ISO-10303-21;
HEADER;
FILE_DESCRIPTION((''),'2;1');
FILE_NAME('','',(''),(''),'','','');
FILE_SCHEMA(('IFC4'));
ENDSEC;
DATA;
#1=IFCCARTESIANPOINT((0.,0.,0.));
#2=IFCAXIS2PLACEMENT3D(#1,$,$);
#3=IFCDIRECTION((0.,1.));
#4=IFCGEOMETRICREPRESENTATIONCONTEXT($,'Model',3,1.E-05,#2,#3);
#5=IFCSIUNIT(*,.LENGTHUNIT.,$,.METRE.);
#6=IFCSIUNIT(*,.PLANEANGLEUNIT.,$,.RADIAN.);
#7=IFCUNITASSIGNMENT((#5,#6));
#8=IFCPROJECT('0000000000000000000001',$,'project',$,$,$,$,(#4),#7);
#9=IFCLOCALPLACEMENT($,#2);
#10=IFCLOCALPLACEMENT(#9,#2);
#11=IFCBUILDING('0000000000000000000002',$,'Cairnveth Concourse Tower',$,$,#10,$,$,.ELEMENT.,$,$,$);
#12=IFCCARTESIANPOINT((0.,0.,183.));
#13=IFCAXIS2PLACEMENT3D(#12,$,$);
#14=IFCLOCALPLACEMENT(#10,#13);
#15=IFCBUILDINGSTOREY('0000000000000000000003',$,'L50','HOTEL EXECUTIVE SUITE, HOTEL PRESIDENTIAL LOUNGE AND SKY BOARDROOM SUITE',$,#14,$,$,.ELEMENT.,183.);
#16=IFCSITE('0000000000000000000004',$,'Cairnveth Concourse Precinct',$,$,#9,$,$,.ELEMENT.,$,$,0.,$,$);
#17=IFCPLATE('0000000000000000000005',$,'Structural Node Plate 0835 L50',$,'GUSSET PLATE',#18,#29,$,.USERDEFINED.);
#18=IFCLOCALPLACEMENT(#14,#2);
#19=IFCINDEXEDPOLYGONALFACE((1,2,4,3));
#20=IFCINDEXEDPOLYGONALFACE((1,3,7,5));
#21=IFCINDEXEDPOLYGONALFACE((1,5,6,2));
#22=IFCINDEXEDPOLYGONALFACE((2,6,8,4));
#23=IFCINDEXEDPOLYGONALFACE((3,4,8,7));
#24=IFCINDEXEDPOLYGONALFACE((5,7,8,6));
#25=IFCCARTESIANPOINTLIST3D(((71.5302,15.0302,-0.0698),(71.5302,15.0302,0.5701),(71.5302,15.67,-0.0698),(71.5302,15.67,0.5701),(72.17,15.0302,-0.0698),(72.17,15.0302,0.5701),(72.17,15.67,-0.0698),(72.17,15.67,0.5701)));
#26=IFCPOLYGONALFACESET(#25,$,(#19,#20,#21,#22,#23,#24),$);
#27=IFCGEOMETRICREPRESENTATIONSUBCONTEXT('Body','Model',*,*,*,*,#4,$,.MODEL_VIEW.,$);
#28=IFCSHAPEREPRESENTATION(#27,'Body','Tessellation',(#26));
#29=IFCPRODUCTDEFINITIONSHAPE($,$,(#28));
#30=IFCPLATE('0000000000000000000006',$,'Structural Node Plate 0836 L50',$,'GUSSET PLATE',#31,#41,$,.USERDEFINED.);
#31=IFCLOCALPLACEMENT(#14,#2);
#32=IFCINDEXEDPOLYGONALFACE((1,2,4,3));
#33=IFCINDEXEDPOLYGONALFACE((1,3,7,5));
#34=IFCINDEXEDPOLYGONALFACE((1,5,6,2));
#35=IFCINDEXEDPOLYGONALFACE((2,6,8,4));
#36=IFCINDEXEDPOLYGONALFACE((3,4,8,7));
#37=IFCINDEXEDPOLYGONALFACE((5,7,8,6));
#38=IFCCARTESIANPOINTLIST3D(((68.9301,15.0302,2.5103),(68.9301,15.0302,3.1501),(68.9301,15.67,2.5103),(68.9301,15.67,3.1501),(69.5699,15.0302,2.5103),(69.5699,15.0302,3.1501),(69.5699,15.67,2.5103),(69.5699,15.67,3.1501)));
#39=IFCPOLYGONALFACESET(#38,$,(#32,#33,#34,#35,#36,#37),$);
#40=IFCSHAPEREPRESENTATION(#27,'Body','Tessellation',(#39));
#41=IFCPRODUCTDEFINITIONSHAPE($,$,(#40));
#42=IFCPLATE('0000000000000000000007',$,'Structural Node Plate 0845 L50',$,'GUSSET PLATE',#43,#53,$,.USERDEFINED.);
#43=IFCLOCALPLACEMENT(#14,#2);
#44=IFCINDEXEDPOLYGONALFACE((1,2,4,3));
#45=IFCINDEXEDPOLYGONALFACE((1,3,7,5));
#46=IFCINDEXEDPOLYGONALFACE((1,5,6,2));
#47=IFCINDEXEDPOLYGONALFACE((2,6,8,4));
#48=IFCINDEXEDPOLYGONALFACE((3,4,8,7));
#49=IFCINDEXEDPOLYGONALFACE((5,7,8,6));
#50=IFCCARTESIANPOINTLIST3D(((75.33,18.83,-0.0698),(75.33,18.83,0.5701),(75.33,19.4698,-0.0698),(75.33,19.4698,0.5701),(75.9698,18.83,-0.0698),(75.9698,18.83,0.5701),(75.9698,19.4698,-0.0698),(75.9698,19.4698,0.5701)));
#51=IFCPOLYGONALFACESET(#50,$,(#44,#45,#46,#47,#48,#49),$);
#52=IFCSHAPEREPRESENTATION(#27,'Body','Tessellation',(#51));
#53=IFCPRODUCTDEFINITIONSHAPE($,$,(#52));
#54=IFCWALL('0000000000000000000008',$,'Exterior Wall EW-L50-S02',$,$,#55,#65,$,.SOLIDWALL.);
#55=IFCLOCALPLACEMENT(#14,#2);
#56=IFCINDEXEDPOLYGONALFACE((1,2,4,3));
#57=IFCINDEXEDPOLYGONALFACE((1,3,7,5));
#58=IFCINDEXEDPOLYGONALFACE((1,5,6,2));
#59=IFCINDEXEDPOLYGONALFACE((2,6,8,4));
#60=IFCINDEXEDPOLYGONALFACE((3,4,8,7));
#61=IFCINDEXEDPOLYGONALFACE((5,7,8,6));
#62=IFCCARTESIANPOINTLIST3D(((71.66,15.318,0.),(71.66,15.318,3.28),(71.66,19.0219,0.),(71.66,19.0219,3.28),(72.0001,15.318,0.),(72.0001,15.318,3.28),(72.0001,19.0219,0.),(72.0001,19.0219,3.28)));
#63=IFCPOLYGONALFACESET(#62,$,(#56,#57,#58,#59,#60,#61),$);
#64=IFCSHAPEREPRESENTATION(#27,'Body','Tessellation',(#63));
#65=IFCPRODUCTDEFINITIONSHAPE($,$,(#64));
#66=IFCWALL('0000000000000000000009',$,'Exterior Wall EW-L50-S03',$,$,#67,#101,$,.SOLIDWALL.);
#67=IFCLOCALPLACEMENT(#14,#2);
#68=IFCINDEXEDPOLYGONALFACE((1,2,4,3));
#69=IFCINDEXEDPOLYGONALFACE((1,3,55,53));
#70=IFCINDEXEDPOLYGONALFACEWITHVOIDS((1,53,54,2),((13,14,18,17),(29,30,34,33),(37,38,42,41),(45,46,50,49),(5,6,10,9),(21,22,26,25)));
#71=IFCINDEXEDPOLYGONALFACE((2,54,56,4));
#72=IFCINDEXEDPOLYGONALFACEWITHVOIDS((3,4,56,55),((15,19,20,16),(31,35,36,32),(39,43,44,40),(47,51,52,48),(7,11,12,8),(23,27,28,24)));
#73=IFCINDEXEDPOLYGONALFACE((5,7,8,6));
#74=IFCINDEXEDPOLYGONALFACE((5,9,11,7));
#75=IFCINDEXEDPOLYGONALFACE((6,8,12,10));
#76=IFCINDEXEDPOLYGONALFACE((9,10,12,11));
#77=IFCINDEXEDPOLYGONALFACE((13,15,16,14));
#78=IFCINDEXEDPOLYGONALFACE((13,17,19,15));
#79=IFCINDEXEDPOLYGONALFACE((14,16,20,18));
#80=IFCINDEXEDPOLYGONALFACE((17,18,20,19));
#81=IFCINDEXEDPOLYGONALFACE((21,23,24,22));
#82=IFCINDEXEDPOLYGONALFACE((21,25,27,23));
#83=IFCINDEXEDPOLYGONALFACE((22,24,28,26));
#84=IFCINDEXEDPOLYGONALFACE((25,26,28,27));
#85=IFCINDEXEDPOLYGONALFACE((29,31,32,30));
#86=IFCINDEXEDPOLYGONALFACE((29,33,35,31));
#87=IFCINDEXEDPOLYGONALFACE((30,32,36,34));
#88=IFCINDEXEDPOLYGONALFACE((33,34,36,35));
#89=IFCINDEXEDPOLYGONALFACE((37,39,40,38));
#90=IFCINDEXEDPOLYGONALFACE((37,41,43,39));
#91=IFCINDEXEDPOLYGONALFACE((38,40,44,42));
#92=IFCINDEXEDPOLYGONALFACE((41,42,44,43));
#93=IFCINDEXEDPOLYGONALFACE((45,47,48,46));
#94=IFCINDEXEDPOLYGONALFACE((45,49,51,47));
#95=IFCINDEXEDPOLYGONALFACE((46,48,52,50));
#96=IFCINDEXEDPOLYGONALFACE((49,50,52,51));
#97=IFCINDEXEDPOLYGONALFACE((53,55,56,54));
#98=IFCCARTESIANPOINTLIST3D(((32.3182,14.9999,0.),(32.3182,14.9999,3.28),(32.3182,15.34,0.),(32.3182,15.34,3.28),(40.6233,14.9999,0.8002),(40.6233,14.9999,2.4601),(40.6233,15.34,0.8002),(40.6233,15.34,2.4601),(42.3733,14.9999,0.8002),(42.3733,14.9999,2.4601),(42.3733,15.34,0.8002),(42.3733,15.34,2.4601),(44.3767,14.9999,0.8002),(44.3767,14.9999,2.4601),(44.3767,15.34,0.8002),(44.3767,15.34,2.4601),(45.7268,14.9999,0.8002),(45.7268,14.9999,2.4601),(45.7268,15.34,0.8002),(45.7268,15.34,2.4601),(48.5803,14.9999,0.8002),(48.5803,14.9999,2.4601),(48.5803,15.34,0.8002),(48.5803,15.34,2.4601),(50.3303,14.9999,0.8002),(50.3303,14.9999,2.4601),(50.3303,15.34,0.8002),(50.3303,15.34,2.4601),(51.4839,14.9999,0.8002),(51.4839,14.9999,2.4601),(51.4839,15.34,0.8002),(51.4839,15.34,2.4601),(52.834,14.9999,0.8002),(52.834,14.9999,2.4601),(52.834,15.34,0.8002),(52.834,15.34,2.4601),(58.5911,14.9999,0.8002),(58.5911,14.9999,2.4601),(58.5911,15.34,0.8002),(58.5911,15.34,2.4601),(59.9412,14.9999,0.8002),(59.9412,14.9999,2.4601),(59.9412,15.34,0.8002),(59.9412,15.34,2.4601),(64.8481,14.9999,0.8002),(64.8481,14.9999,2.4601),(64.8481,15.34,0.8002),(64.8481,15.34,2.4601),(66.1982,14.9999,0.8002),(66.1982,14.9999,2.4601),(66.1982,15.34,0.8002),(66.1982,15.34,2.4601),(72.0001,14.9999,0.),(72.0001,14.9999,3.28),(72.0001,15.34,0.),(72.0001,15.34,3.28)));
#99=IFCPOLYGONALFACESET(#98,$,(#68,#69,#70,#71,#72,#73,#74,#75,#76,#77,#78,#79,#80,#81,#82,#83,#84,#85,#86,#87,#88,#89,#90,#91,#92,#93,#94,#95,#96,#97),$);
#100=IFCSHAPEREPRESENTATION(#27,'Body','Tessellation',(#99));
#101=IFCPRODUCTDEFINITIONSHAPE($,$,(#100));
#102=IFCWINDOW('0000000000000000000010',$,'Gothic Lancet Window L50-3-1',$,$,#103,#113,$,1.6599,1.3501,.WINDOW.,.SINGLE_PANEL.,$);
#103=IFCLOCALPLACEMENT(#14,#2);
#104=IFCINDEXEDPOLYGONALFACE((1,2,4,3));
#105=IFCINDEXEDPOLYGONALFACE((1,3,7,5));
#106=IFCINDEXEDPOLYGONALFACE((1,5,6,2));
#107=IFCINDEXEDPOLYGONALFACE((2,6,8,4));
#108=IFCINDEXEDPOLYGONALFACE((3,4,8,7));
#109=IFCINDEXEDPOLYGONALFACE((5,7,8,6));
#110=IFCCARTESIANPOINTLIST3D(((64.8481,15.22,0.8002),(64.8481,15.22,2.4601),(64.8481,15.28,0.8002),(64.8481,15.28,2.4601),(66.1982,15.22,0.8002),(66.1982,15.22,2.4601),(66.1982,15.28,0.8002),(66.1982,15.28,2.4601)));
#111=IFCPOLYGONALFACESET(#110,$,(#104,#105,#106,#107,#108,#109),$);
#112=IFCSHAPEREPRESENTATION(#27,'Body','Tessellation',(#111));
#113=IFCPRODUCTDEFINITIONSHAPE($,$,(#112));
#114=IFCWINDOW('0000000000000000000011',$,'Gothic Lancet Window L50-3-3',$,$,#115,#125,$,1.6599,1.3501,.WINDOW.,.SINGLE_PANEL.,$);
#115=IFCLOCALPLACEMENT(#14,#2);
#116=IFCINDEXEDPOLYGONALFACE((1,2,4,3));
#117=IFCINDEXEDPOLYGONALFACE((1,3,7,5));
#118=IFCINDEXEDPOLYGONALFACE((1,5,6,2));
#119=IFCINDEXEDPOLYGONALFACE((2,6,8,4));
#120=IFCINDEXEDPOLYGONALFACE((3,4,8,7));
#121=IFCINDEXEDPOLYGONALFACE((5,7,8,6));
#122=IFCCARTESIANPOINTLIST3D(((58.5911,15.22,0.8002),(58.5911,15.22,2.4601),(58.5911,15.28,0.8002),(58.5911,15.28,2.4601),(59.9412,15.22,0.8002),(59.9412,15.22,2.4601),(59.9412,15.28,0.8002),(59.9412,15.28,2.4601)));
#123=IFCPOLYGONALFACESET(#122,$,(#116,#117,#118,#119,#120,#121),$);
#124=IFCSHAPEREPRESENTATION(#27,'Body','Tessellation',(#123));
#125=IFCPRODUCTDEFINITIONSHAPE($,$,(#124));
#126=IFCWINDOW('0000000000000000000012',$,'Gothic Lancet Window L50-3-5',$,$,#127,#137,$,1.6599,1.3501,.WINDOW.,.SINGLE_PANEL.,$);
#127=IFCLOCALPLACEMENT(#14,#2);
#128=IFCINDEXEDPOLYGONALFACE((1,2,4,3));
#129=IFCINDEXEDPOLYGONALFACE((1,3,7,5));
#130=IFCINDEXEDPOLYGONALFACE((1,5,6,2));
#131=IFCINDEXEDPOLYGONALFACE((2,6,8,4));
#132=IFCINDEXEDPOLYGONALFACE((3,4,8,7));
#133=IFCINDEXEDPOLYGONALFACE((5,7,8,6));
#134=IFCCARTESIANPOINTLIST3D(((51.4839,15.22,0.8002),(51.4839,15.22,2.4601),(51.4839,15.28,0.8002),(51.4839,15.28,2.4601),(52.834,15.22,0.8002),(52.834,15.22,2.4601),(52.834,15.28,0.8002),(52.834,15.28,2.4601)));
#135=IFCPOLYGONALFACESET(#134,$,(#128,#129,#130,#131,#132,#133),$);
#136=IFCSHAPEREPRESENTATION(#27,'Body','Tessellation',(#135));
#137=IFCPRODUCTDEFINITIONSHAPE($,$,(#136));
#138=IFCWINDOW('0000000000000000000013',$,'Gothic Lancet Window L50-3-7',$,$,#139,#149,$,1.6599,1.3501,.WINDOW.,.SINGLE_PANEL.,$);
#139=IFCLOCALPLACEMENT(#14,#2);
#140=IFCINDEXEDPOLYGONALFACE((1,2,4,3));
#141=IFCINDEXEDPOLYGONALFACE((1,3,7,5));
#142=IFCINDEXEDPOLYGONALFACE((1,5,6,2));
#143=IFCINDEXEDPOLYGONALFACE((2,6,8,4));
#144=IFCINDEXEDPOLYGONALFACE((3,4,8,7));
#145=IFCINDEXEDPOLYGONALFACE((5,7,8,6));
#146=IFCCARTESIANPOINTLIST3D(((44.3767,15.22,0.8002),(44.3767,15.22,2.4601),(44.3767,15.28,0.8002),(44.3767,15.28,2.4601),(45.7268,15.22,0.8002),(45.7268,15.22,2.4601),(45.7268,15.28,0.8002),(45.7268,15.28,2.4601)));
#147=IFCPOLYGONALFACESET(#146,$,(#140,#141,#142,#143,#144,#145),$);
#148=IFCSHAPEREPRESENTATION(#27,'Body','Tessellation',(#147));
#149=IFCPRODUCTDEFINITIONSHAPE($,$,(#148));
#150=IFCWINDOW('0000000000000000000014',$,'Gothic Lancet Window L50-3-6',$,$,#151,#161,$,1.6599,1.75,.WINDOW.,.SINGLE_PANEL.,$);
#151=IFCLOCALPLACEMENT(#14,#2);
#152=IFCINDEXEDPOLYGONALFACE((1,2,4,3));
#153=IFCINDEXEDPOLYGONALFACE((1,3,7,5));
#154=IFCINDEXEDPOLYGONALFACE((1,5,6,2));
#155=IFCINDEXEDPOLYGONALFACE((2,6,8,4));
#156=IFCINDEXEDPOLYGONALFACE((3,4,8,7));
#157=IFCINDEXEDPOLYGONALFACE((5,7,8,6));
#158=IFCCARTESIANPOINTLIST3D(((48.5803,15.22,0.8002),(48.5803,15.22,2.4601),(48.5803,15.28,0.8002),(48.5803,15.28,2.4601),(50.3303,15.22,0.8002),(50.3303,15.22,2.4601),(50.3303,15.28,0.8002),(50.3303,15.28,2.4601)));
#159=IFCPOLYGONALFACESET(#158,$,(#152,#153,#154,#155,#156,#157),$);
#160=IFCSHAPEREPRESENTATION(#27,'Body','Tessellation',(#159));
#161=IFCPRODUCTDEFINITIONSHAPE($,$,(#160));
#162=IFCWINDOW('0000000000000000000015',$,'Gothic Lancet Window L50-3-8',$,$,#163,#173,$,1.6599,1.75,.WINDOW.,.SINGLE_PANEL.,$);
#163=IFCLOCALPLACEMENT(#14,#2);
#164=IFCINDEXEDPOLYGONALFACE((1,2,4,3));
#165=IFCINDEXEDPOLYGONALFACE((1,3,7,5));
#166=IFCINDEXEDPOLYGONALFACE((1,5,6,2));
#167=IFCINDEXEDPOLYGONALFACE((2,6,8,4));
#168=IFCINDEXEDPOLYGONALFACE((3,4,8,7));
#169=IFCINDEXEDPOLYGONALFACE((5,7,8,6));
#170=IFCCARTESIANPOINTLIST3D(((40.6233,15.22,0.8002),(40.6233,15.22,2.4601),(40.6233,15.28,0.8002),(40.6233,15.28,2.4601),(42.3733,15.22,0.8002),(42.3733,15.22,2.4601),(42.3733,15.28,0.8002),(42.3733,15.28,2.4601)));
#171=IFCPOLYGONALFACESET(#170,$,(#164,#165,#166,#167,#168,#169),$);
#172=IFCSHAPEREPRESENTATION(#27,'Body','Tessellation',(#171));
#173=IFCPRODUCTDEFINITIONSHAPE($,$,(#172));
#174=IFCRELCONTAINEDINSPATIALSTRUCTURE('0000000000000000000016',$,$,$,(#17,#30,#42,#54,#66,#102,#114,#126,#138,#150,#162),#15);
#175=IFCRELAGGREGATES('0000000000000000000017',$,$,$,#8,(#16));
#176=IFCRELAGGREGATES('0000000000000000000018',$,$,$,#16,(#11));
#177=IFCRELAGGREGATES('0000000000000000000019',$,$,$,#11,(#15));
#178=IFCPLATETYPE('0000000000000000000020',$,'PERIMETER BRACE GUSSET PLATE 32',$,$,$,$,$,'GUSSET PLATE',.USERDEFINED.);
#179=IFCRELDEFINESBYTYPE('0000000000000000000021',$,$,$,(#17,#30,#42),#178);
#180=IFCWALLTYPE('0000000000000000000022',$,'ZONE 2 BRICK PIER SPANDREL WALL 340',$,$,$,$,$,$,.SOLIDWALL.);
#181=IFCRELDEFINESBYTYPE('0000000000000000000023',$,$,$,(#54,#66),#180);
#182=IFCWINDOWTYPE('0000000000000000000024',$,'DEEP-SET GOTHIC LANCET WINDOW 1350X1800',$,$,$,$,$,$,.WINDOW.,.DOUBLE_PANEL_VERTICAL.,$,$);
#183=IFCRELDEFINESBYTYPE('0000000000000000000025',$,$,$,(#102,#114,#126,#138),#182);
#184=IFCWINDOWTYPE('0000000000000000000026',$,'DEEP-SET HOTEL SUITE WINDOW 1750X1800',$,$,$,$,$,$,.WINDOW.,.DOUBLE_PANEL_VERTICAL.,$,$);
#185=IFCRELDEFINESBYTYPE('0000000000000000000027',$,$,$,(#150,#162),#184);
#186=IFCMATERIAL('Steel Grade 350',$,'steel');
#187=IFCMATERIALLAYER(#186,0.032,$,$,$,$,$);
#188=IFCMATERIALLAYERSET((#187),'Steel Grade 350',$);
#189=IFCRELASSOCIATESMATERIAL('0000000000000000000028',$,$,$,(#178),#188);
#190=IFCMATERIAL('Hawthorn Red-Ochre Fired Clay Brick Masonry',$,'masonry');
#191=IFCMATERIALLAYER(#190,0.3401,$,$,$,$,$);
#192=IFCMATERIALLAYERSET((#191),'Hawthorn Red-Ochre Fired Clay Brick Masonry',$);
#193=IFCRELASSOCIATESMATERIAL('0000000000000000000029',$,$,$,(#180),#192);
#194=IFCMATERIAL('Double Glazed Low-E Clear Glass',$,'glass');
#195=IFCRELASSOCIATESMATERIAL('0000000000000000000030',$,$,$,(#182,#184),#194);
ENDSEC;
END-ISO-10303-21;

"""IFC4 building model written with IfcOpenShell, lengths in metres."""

from ifc_helpers import new_model, si_unit, direction, frame, frame_2d, origin, origin_2d, place, context, subcontext, project, spatial, rectangle, extrude, material, layer, layer_set, type_object, element, fill, save


model = new_model("IFC4")

# Units and contexts
model_context = context("Model", 3, precision=1e-05, world=origin(), true_north=direction((0.0, 1.0)))
body_context = subcontext(model_context, "Body", "Model", "MODEL_VIEW")
ifc_project = project(units=[si_unit("LENGTHUNIT", "METRE"), si_unit("PLANEANGLEUNIT", "RADIAN")], contexts=[model_context])

# Site, building, storey
site_placement = place(None, origin())
site = spatial("IfcSite", under=ifc_project, at=site_placement, Name="Cairnveth Concourse Precinct", CompositionType="ELEMENT", RefElevation=0.0)
building_placement = place(site_placement, origin())
building = spatial("IfcBuilding", under=site, at=building_placement, Name="Cairnveth Concourse Tower", CompositionType="ELEMENT")
storey_placement = place(building_placement, frame((0.0, 0.0, 183.0)))
storey = spatial("IfcBuildingStorey", under=building, at=storey_placement, Name="L50", Description="HOTEL EXECUTIVE SUITE, HOTEL PRESIDENTIAL LOUNGE AND SKY BOARDROOM SUITE", CompositionType="ELEMENT", Elevation=183.0)

# Shared definitions
ifc_material_1 = material(Name="Steel Grade 350", Category="steel")

# Plates
ifc_layer_1 = layer(ifc_material_1, 0.032)
ifc_layer_set_1 = layer_set([ifc_layer_1], Name="Steel Grade 350")
plate_type = type_object("IfcPlateType", Name="PERIMETER BRACE GUSSET PLATE 32", ElementType="GUSSET PLATE", PredefinedType="USERDEFINED", material=ifc_layer_set_1)
for number, where, z_axis, x_axis, name in (
    (1, (71.8501, 15.3501, -0.0698), (0.0, 0.0, 1.0), (1.0, 0.0, 0.0), "Structural Node Plate 0835 L50"),
    (2, (69.25, 15.3501, 2.5103), (0.0, 0.0, 1.0), (1.0, 0.0, 0.0), "Structural Node Plate 0836 L50"),
    (3, (75.6499, 19.1499, -0.0698), (0.0, 0.0, 1.0), (1.0, 0.0, 0.0), "Structural Node Plate 0845 L50"),
):
    element("IfcPlate", number, at=place(storey_placement, frame(where, z_axis=z_axis, x_axis=x_axis)), inside=storey, type_object=plate_type, Name=name, ObjectType="GUSSET PLATE", PredefinedType="USERDEFINED", context=body_context, shape_type="SweptSolid", body=[
        extrude(rectangle(XDim=0.6399, YDim=0.6399, at=origin_2d()), origin(), (0.0, 0.0, 1.0), 0.6399),
    ])

# Wall
ifc_material_2 = material(Name="Hawthorn Red-Ochre Fired Clay Brick Masonry", Category="masonry")
ifc_layer_2 = layer(ifc_material_2, 0.3401)
ifc_layer_set_2 = layer_set([ifc_layer_2], Name="Hawthorn Red-Ochre Fired Clay Brick Masonry")
wall_type = type_object("IfcWallType", Name="ZONE 2 BRICK PIER SPANDREL WALL 340", PredefinedType="SOLIDWALL", material=ifc_layer_set_2)
wall_1_placement = place(storey_placement, frame((71.8301, 19.022, 0.0), z_axis=(0.0, 0.0, 1.0), x_axis=(0.0, -1.0, 0.0)))
element("IfcWall", 4, at=wall_1_placement, inside=storey, type_object=wall_type, Name="Exterior Wall EW-L50-S02", PredefinedType="SOLIDWALL", context=body_context, shape_type="SweptSolid", body=[
    extrude(rectangle(XDim=3.7039, YDim=0.3401, at=frame_2d((1.8521, 0.0))), origin(), (0.0, 0.0, 1.0), 3.28),
])

# Wall, openings, windows
wall_2_placement = place(storey_placement, frame((72.0, 15.1699, 0.0), z_axis=(0.0, 0.0, 1.0), x_axis=(-1.0, 0.0, 0.0)))
wall_2 = element("IfcWall", 5, at=wall_2_placement, inside=storey, type_object=wall_type, Name="Exterior Wall EW-L50-S03", PredefinedType="SOLIDWALL", context=body_context, shape_type="SweptSolid", body=[
    extrude(rectangle(XDim=39.6819, YDim=0.3401, at=frame_2d((19.8408, 0.0))), origin(), (0.0, 0.0, 1.0), 3.28),
])
opening_1_placement = place(wall_2_placement, frame((5.8018, 0.0, 0.8)))
opening_1 = element("IfcOpeningElement", 6, at=opening_1_placement, cuts=wall_2, PredefinedType="OPENING", context=body_context, shape_type="SweptSolid", body=[
    extrude(rectangle(XDim=1.3501, YDim=1.6599, at=frame_2d((0.675, 0.8301))), frame((0.0, 0.1799, 0.0), z_axis=(0.0, -1.0, 0.0), x_axis=(1.0, 0.0, 0.0)), (0.0, 0.0, 1.0), 0.3601),
])
opening_2_placement = place(wall_2_placement, frame((12.0588, 0.0, 0.8)))
opening_2 = element("IfcOpeningElement", 7, at=opening_2_placement, cuts=wall_2, PredefinedType="OPENING", context=body_context, shape_type="SweptSolid", body=[
    extrude(rectangle(XDim=1.3501, YDim=1.6599, at=frame_2d((0.675, 0.8301))), frame((0.0, 0.1799, 0.0), z_axis=(0.0, -1.0, 0.0), x_axis=(1.0, 0.0, 0.0)), (0.0, 0.0, 1.0), 0.3601),
])
opening_3_placement = place(wall_2_placement, frame((19.166, 0.0, 0.8)))
opening_3 = element("IfcOpeningElement", 8, at=opening_3_placement, cuts=wall_2, PredefinedType="OPENING", context=body_context, shape_type="SweptSolid", body=[
    extrude(rectangle(XDim=1.3501, YDim=1.6599, at=frame_2d((0.675, 0.8301))), frame((0.0, 0.1799, 0.0), z_axis=(0.0, -1.0, 0.0), x_axis=(1.0, 0.0, 0.0)), (0.0, 0.0, 1.0), 0.3601),
])
opening_4_placement = place(wall_2_placement, frame((21.6697, 0.0, 0.8)))
opening_4 = element("IfcOpeningElement", 9, at=opening_4_placement, cuts=wall_2, PredefinedType="OPENING", context=body_context, shape_type="SweptSolid", body=[
    extrude(rectangle(XDim=1.75, YDim=1.6599, at=frame_2d((0.875, 0.8301))), frame((0.0, 0.1799, 0.0), z_axis=(0.0, -1.0, 0.0), x_axis=(1.0, 0.0, 0.0)), (0.0, 0.0, 1.0), 0.3601),
])
opening_5_placement = place(wall_2_placement, frame((26.2732, 0.0, 0.8)))
opening_5 = element("IfcOpeningElement", 10, at=opening_5_placement, cuts=wall_2, PredefinedType="OPENING", context=body_context, shape_type="SweptSolid", body=[
    extrude(rectangle(XDim=1.3501, YDim=1.6599, at=frame_2d((0.675, 0.8301))), frame((0.0, 0.1799, 0.0), z_axis=(0.0, -1.0, 0.0), x_axis=(1.0, 0.0, 0.0)), (0.0, 0.0, 1.0), 0.3601),
])
opening_6_placement = place(wall_2_placement, frame((29.6267, 0.0, 0.8)))
opening_6 = element("IfcOpeningElement", 11, at=opening_6_placement, cuts=wall_2, PredefinedType="OPENING", context=body_context, shape_type="SweptSolid", body=[
    extrude(rectangle(XDim=1.75, YDim=1.6599, at=frame_2d((0.875, 0.8301))), frame((0.0, 0.1799, 0.0), z_axis=(0.0, -1.0, 0.0), x_axis=(1.0, 0.0, 0.0)), (0.0, 0.0, 1.0), 0.3601),
])
ifc_material_3 = material(Name="Double Glazed Low-E Clear Glass", Category="glass")
window_type_1 = type_object("IfcWindowType", Name="DEEP-SET GOTHIC LANCET WINDOW 1350X1800", PartitioningType="DOUBLE_PANEL_VERTICAL", PredefinedType="WINDOW", material=ifc_material_3)
window_1_placement = place(opening_1_placement, origin())
window_1 = element("IfcWindow", 12, at=window_1_placement, inside=storey, type_object=window_type_1, Name="Gothic Lancet Window L50-3-1", OverallHeight=1.6599, OverallWidth=1.3501, PartitioningType="SINGLE_PANEL", PredefinedType="WINDOW", context=body_context, shape_type="SweptSolid", body=[
    extrude(rectangle(XDim=1.3501, YDim=1.6599, at=frame_2d((0.675, 0.8301))), frame((0.0, -0.05, 0.0), z_axis=(0.0, -1.0, 0.0), x_axis=(1.0, 0.0, 0.0)), (0.0, 0.0, 1.0), 0.0601),
])
fill(opening_1, window_1)
window_2_placement = place(opening_2_placement, origin())
window_2 = element("IfcWindow", 13, at=window_2_placement, inside=storey, type_object=window_type_1, Name="Gothic Lancet Window L50-3-3", OverallHeight=1.6599, OverallWidth=1.3501, PartitioningType="SINGLE_PANEL", PredefinedType="WINDOW", context=body_context, shape_type="SweptSolid", body=[
    extrude(rectangle(XDim=1.3501, YDim=1.6599, at=frame_2d((0.675, 0.8301))), frame((0.0, -0.05, 0.0), z_axis=(0.0, -1.0, 0.0), x_axis=(1.0, 0.0, 0.0)), (0.0, 0.0, 1.0), 0.0601),
])
fill(opening_2, window_2)
window_3_placement = place(opening_3_placement, origin())
window_3 = element("IfcWindow", 14, at=window_3_placement, inside=storey, type_object=window_type_1, Name="Gothic Lancet Window L50-3-5", OverallHeight=1.6599, OverallWidth=1.3501, PartitioningType="SINGLE_PANEL", PredefinedType="WINDOW", context=body_context, shape_type="SweptSolid", body=[
    extrude(rectangle(XDim=1.3501, YDim=1.6599, at=frame_2d((0.675, 0.8301))), frame((0.0, -0.05, 0.0), z_axis=(0.0, -1.0, 0.0), x_axis=(1.0, 0.0, 0.0)), (0.0, 0.0, 1.0), 0.0601),
])
fill(opening_3, window_3)
window_4_placement = place(opening_5_placement, origin())
window_4 = element("IfcWindow", 15, at=window_4_placement, inside=storey, type_object=window_type_1, Name="Gothic Lancet Window L50-3-7", OverallHeight=1.6599, OverallWidth=1.3501, PartitioningType="SINGLE_PANEL", PredefinedType="WINDOW", context=body_context, shape_type="SweptSolid", body=[
    extrude(rectangle(XDim=1.3501, YDim=1.6599, at=frame_2d((0.675, 0.8301))), frame((0.0, -0.05, 0.0), z_axis=(0.0, -1.0, 0.0), x_axis=(1.0, 0.0, 0.0)), (0.0, 0.0, 1.0), 0.0601),
])
fill(opening_5, window_4)
window_type_2 = type_object("IfcWindowType", Name="DEEP-SET HOTEL SUITE WINDOW 1750X1800", PartitioningType="DOUBLE_PANEL_VERTICAL", PredefinedType="WINDOW", material=ifc_material_3)
window_5_placement = place(opening_4_placement, origin())
window_5 = element("IfcWindow", 16, at=window_5_placement, inside=storey, type_object=window_type_2, Name="Gothic Lancet Window L50-3-6", OverallHeight=1.6599, OverallWidth=1.75, PartitioningType="SINGLE_PANEL", PredefinedType="WINDOW", context=body_context, shape_type="SweptSolid", body=[
    extrude(rectangle(XDim=1.75, YDim=1.6599, at=frame_2d((0.875, 0.8301))), frame((0.0, -0.05, 0.0), z_axis=(0.0, -1.0, 0.0), x_axis=(1.0, 0.0, 0.0)), (0.0, 0.0, 1.0), 0.0601),
])
fill(opening_4, window_5)
window_6_placement = place(opening_6_placement, origin())
window_6 = element("IfcWindow", 17, at=window_6_placement, inside=storey, type_object=window_type_2, Name="Gothic Lancet Window L50-3-8", OverallHeight=1.6599, OverallWidth=1.75, PartitioningType="SINGLE_PANEL", PredefinedType="WINDOW", context=body_context, shape_type="SweptSolid", body=[
    extrude(rectangle(XDim=1.75, YDim=1.6599, at=frame_2d((0.875, 0.8301))), frame((0.0, -0.05, 0.0), z_axis=(0.0, -1.0, 0.0), x_axis=(1.0, 0.0, 0.0)), (0.0, 0.0, 1.0), 0.0601),
])
fill(opening_6, window_6)

save(model, "model.ifc")
